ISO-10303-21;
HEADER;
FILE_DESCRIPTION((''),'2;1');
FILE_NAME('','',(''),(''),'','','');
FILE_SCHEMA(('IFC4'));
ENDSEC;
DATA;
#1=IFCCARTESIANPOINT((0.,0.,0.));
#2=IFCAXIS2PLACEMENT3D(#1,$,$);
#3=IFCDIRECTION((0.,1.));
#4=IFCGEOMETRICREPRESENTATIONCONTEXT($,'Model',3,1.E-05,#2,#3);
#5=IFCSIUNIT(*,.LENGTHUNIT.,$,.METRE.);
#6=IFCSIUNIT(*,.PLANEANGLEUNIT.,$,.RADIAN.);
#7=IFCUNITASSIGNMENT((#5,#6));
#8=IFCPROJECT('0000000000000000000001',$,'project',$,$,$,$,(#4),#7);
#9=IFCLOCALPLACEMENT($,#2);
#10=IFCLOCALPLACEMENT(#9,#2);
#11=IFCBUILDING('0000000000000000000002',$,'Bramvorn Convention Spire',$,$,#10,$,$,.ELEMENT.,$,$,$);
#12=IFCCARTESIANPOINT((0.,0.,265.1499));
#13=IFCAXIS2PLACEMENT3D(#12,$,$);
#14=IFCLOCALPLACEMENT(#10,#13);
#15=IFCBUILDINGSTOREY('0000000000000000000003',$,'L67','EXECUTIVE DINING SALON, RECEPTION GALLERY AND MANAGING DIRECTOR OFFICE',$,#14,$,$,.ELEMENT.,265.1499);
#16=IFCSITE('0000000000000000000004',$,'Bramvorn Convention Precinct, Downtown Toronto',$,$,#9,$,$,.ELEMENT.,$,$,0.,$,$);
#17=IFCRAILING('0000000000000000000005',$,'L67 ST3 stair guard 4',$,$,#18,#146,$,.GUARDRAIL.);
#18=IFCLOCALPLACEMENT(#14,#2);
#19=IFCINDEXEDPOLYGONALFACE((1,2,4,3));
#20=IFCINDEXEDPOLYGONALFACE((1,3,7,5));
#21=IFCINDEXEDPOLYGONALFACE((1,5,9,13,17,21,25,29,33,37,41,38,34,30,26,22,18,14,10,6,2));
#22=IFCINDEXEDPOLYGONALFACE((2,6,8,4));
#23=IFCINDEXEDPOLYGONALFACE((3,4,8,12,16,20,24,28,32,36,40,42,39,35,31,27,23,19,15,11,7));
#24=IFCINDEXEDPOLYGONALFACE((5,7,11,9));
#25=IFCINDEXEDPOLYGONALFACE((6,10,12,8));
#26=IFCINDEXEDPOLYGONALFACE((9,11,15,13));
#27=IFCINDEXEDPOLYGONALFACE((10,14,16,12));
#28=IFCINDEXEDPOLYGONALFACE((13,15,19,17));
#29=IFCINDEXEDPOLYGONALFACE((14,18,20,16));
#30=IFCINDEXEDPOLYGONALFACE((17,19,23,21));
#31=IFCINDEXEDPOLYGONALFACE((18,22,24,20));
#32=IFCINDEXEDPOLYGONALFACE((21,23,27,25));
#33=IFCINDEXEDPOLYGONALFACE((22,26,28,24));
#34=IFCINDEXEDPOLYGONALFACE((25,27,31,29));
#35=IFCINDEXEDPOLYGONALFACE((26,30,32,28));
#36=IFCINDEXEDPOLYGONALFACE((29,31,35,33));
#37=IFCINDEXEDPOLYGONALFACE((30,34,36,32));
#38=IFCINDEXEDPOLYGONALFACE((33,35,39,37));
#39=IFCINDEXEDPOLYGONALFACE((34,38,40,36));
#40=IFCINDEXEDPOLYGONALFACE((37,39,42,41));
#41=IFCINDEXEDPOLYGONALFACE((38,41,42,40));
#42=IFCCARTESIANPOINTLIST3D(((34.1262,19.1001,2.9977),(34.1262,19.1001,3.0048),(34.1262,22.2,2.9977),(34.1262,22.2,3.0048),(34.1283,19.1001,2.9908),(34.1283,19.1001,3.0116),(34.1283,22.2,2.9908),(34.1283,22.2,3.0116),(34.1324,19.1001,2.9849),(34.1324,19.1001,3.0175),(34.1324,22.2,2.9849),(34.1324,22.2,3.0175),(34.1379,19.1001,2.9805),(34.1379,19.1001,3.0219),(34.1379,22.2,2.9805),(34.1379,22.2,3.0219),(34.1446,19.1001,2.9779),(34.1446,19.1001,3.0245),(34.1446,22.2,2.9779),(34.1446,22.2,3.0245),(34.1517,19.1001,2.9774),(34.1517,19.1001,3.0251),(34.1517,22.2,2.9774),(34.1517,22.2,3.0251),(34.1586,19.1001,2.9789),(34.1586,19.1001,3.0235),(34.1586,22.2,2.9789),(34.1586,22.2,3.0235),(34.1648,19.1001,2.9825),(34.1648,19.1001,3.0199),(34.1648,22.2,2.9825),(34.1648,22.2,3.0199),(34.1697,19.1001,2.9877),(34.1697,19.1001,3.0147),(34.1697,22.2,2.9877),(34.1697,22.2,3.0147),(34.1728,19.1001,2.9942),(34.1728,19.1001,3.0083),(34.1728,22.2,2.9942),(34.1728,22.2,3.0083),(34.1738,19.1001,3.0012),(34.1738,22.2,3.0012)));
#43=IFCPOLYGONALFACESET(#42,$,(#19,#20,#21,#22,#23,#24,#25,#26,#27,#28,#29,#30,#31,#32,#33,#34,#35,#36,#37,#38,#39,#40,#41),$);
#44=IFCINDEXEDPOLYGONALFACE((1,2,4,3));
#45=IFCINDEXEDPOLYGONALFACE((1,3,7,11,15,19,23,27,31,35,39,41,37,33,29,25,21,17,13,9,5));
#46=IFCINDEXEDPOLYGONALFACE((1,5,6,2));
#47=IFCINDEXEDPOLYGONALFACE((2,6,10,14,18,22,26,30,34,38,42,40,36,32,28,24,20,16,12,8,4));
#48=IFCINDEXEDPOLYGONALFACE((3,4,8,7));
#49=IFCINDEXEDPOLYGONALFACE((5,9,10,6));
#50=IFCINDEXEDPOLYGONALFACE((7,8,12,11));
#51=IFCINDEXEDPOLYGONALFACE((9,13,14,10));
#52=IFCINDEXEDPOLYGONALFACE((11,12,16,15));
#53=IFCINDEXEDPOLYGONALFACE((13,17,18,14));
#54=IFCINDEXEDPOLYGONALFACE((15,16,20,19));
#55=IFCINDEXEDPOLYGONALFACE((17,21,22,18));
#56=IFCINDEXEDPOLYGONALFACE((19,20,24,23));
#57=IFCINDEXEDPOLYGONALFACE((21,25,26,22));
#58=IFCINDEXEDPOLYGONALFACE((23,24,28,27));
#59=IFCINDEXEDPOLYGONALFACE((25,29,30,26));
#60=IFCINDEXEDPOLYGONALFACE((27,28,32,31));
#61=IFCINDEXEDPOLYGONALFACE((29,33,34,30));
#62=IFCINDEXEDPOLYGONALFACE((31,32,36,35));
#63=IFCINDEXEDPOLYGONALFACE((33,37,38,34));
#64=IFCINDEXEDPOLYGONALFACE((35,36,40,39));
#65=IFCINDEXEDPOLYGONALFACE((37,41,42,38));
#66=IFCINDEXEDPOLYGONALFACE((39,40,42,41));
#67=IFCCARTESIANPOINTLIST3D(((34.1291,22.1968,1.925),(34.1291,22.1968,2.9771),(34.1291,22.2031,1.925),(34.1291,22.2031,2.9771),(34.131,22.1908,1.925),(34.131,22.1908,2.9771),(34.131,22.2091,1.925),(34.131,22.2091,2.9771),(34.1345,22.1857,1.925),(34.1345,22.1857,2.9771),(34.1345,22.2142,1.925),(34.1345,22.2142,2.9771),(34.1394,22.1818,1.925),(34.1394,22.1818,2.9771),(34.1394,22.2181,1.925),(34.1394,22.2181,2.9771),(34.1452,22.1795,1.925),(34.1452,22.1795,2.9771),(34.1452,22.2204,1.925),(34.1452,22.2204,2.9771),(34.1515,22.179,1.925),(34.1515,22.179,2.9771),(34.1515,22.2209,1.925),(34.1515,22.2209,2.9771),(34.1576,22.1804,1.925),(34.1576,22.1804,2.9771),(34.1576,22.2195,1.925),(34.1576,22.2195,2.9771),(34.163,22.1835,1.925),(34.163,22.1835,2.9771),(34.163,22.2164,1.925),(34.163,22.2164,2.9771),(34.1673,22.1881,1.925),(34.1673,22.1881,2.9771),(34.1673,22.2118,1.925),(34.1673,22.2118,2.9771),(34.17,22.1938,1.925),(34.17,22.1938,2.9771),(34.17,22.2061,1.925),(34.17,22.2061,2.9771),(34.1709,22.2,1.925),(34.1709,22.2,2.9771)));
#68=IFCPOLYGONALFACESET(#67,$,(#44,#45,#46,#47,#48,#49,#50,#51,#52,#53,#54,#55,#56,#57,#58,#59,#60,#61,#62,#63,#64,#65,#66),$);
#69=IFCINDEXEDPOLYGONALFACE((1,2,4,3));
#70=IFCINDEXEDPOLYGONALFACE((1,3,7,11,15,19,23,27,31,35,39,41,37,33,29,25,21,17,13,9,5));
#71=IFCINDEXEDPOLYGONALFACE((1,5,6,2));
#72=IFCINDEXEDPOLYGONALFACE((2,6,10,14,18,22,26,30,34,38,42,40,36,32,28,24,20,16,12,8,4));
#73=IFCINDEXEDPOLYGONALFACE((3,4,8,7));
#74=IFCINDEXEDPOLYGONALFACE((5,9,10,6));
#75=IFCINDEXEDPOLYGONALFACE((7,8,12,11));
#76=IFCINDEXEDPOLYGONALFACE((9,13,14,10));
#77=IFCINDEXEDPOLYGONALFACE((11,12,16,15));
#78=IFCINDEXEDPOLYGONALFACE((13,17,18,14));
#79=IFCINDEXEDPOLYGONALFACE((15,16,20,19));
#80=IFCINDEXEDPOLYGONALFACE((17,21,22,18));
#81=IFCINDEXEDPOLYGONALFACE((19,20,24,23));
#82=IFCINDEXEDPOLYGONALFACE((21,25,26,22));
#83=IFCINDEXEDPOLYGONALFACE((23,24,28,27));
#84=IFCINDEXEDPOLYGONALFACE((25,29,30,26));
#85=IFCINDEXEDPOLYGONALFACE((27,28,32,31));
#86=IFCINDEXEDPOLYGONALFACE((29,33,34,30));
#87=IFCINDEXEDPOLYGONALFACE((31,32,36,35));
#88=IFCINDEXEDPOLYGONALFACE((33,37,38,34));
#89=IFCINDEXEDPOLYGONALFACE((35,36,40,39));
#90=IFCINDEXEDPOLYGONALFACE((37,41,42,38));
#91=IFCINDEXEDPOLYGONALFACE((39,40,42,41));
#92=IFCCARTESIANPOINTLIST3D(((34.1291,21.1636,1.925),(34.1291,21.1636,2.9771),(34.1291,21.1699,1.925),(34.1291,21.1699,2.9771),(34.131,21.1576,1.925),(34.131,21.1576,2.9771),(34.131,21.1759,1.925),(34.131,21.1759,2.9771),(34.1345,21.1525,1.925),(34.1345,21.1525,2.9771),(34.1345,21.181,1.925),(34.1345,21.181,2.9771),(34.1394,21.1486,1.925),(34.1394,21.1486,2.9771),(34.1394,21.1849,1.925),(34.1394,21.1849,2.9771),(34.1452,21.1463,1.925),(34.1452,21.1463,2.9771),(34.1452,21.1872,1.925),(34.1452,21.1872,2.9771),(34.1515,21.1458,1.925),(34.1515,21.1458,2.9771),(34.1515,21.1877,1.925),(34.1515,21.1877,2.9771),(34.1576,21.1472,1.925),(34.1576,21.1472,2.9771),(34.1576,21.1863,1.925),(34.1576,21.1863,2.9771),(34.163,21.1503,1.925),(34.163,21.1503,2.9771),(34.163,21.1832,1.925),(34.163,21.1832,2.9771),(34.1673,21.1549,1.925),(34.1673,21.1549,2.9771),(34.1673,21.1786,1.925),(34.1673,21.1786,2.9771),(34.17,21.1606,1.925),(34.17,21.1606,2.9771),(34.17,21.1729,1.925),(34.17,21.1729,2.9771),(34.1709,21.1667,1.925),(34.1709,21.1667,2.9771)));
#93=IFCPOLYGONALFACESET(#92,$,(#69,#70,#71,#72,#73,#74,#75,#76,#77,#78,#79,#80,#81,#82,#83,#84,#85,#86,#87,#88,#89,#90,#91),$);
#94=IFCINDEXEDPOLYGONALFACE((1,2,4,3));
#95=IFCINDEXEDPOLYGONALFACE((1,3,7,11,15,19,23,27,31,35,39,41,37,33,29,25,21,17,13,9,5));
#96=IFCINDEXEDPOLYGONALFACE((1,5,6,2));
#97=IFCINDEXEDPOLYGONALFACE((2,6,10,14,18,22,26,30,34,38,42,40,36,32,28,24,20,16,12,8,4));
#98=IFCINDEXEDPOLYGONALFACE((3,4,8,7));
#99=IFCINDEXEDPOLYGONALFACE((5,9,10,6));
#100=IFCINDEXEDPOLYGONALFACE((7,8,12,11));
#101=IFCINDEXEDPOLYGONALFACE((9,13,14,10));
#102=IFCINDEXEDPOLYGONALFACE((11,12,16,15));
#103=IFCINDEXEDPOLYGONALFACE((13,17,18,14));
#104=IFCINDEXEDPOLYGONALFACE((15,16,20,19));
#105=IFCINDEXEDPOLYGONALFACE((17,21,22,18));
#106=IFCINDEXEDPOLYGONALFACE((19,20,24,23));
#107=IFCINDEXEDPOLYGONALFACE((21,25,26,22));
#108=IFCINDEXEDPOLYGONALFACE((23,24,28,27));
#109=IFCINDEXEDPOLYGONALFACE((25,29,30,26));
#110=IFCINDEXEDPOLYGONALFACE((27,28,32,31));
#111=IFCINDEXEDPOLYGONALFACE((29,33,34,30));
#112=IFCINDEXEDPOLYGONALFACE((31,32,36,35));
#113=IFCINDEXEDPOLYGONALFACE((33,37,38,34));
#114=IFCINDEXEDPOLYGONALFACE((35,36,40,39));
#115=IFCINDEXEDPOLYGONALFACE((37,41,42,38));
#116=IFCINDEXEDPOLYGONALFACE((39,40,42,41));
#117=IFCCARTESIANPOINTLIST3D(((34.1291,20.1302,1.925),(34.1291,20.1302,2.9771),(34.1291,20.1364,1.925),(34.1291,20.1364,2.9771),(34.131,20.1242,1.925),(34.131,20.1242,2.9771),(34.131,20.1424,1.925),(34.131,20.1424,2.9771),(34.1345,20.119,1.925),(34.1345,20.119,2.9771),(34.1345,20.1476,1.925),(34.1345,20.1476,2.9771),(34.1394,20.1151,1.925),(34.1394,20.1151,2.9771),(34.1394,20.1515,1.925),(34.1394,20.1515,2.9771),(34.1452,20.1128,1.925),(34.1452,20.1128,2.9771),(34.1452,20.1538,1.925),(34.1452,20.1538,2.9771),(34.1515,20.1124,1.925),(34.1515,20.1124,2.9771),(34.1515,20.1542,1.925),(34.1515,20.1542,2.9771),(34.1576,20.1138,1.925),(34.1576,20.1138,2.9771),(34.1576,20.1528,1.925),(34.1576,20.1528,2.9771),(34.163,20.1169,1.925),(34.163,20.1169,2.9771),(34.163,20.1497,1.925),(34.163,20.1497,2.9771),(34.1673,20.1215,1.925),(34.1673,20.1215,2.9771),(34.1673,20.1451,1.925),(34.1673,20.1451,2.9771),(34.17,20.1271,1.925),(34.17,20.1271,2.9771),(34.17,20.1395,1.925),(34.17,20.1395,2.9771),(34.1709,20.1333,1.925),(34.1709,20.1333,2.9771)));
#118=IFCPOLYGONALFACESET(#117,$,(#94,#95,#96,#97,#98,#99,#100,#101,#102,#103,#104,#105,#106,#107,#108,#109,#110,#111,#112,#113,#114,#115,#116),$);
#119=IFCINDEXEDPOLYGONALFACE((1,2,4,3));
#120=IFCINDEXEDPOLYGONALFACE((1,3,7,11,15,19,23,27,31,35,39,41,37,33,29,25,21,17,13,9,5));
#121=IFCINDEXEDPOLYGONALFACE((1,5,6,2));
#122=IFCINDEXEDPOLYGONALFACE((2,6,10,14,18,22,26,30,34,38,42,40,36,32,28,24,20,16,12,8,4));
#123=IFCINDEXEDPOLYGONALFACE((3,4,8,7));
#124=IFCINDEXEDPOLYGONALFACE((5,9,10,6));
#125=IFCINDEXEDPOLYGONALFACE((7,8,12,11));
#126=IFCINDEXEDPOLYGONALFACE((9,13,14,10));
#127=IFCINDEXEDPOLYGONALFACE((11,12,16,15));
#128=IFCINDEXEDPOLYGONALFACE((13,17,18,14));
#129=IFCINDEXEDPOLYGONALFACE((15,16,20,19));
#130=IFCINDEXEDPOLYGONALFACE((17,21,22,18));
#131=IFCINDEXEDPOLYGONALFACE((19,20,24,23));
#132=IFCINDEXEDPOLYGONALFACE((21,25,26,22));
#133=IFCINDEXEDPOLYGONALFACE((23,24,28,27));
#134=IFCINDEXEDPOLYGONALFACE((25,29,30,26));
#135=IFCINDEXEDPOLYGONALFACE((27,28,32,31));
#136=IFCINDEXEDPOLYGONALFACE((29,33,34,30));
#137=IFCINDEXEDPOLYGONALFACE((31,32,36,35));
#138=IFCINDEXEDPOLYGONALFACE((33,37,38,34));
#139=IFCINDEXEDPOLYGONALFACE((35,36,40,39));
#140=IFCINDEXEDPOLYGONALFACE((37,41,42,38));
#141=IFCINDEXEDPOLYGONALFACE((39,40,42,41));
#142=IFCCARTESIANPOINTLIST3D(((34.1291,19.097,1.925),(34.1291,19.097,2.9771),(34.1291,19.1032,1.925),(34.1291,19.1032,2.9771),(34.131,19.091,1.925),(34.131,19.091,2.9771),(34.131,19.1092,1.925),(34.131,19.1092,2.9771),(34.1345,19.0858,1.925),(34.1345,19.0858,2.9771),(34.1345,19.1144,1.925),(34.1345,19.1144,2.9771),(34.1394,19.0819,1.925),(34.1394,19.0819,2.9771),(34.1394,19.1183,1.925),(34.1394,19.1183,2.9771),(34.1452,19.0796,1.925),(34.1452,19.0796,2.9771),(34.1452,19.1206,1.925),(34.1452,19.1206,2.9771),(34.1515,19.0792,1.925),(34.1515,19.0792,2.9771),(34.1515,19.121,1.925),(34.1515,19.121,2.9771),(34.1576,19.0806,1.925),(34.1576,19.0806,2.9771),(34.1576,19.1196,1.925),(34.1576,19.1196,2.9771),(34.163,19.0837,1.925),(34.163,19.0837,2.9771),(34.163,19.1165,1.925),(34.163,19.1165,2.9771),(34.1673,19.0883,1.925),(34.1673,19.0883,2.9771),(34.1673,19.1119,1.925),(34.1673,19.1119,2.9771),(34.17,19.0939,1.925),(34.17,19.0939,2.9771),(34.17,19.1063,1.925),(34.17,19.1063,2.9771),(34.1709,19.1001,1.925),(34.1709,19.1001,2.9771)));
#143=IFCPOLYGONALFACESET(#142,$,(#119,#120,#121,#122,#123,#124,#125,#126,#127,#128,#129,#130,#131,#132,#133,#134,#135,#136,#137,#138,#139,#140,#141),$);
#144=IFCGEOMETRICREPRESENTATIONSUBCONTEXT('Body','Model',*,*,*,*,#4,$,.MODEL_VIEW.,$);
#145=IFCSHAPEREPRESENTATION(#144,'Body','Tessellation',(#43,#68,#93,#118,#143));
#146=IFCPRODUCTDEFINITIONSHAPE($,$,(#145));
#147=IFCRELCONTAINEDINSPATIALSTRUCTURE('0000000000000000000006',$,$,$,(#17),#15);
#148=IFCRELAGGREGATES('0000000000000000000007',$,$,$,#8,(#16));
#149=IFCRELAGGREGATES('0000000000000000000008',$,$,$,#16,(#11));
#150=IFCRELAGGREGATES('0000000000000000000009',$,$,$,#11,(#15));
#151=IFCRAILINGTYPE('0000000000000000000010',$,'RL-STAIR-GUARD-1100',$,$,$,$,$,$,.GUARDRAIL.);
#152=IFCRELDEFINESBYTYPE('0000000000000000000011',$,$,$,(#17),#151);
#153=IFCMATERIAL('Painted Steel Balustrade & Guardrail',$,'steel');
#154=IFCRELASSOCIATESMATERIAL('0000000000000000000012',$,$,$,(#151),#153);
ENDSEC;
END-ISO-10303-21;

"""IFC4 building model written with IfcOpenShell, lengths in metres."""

from ifc_helpers import new_model, si_unit, direction, frame, origin, origin_2d, place, context, subcontext, project, spatial, circle, extrude, material, type_object, element, save


model = new_model("IFC4")

# Units and contexts
model_context = context("Model", 3, precision=1e-05, world=origin(), true_north=direction((0.0, 1.0)))
body_context = subcontext(model_context, "Body", "Model", "MODEL_VIEW")
ifc_project = project(units=[si_unit("LENGTHUNIT", "METRE"), si_unit("PLANEANGLEUNIT", "RADIAN")], contexts=[model_context])

# Site, building, storey
site_placement = place(None, origin())
site = spatial("IfcSite", under=ifc_project, at=site_placement, Name="Bramvorn Convention Precinct, Downtown Toronto", CompositionType="ELEMENT", RefElevation=0.0)
building_placement = place(site_placement, origin())
building = spatial("IfcBuilding", under=site, at=building_placement, Name="Bramvorn Convention Spire", CompositionType="ELEMENT")
storey_placement = place(building_placement, frame((0.0, 0.0, 265.1499)))
storey = spatial("IfcBuildingStorey", under=building, at=storey_placement, Name="L67", Description="EXECUTIVE DINING SALON, RECEPTION GALLERY AND MANAGING DIRECTOR OFFICE", CompositionType="ELEMENT", Elevation=265.1499)

# Railing
ifc_material_1 = material(Name="Painted Steel Balustrade & Guardrail", Category="steel")
railing_type_1 = type_object("IfcRailingType", Name="RL-STAIR-GUARD-1100", PredefinedType="GUARDRAIL", material=ifc_material_1)
for number, where, name in (
    (1, (34.1499, 22.2, 1.925), "L67 ST3 stair guard 4"),
):
    element("IfcRailing", number, at=place(storey_placement, frame(where)), inside=storey, type_object=railing_type_1, Name=name, PredefinedType="GUARDRAIL", context=body_context, shape_type="SweptSolid", body=[
        extrude(circle(Radius=0.0239, at=origin_2d()), frame((0.0, 0.0, 1.0762), z_axis=(0.0, -1.0, 0.0), x_axis=(1.0, 0.0, 0.0)), (0.0, 0.0, 1.0), 3.0999),
        extrude(circle(Radius=0.021, at=origin_2d()), origin(), (0.0, 0.0, 1.0), 1.052),
        extrude(circle(Radius=0.021, at=origin_2d()), frame((0.0, -1.0332, 0.0)), (0.0, 0.0, 1.0), 1.052),
        extrude(circle(Radius=0.021, at=origin_2d()), frame((0.0, -2.0667, 0.0)), (0.0, 0.0, 1.0), 1.052),
        extrude(circle(Radius=0.021, at=origin_2d()), frame((0.0, -3.0999, 0.0)), (0.0, 0.0, 1.0), 1.052),
    ])

save(model, "model.ifc")
